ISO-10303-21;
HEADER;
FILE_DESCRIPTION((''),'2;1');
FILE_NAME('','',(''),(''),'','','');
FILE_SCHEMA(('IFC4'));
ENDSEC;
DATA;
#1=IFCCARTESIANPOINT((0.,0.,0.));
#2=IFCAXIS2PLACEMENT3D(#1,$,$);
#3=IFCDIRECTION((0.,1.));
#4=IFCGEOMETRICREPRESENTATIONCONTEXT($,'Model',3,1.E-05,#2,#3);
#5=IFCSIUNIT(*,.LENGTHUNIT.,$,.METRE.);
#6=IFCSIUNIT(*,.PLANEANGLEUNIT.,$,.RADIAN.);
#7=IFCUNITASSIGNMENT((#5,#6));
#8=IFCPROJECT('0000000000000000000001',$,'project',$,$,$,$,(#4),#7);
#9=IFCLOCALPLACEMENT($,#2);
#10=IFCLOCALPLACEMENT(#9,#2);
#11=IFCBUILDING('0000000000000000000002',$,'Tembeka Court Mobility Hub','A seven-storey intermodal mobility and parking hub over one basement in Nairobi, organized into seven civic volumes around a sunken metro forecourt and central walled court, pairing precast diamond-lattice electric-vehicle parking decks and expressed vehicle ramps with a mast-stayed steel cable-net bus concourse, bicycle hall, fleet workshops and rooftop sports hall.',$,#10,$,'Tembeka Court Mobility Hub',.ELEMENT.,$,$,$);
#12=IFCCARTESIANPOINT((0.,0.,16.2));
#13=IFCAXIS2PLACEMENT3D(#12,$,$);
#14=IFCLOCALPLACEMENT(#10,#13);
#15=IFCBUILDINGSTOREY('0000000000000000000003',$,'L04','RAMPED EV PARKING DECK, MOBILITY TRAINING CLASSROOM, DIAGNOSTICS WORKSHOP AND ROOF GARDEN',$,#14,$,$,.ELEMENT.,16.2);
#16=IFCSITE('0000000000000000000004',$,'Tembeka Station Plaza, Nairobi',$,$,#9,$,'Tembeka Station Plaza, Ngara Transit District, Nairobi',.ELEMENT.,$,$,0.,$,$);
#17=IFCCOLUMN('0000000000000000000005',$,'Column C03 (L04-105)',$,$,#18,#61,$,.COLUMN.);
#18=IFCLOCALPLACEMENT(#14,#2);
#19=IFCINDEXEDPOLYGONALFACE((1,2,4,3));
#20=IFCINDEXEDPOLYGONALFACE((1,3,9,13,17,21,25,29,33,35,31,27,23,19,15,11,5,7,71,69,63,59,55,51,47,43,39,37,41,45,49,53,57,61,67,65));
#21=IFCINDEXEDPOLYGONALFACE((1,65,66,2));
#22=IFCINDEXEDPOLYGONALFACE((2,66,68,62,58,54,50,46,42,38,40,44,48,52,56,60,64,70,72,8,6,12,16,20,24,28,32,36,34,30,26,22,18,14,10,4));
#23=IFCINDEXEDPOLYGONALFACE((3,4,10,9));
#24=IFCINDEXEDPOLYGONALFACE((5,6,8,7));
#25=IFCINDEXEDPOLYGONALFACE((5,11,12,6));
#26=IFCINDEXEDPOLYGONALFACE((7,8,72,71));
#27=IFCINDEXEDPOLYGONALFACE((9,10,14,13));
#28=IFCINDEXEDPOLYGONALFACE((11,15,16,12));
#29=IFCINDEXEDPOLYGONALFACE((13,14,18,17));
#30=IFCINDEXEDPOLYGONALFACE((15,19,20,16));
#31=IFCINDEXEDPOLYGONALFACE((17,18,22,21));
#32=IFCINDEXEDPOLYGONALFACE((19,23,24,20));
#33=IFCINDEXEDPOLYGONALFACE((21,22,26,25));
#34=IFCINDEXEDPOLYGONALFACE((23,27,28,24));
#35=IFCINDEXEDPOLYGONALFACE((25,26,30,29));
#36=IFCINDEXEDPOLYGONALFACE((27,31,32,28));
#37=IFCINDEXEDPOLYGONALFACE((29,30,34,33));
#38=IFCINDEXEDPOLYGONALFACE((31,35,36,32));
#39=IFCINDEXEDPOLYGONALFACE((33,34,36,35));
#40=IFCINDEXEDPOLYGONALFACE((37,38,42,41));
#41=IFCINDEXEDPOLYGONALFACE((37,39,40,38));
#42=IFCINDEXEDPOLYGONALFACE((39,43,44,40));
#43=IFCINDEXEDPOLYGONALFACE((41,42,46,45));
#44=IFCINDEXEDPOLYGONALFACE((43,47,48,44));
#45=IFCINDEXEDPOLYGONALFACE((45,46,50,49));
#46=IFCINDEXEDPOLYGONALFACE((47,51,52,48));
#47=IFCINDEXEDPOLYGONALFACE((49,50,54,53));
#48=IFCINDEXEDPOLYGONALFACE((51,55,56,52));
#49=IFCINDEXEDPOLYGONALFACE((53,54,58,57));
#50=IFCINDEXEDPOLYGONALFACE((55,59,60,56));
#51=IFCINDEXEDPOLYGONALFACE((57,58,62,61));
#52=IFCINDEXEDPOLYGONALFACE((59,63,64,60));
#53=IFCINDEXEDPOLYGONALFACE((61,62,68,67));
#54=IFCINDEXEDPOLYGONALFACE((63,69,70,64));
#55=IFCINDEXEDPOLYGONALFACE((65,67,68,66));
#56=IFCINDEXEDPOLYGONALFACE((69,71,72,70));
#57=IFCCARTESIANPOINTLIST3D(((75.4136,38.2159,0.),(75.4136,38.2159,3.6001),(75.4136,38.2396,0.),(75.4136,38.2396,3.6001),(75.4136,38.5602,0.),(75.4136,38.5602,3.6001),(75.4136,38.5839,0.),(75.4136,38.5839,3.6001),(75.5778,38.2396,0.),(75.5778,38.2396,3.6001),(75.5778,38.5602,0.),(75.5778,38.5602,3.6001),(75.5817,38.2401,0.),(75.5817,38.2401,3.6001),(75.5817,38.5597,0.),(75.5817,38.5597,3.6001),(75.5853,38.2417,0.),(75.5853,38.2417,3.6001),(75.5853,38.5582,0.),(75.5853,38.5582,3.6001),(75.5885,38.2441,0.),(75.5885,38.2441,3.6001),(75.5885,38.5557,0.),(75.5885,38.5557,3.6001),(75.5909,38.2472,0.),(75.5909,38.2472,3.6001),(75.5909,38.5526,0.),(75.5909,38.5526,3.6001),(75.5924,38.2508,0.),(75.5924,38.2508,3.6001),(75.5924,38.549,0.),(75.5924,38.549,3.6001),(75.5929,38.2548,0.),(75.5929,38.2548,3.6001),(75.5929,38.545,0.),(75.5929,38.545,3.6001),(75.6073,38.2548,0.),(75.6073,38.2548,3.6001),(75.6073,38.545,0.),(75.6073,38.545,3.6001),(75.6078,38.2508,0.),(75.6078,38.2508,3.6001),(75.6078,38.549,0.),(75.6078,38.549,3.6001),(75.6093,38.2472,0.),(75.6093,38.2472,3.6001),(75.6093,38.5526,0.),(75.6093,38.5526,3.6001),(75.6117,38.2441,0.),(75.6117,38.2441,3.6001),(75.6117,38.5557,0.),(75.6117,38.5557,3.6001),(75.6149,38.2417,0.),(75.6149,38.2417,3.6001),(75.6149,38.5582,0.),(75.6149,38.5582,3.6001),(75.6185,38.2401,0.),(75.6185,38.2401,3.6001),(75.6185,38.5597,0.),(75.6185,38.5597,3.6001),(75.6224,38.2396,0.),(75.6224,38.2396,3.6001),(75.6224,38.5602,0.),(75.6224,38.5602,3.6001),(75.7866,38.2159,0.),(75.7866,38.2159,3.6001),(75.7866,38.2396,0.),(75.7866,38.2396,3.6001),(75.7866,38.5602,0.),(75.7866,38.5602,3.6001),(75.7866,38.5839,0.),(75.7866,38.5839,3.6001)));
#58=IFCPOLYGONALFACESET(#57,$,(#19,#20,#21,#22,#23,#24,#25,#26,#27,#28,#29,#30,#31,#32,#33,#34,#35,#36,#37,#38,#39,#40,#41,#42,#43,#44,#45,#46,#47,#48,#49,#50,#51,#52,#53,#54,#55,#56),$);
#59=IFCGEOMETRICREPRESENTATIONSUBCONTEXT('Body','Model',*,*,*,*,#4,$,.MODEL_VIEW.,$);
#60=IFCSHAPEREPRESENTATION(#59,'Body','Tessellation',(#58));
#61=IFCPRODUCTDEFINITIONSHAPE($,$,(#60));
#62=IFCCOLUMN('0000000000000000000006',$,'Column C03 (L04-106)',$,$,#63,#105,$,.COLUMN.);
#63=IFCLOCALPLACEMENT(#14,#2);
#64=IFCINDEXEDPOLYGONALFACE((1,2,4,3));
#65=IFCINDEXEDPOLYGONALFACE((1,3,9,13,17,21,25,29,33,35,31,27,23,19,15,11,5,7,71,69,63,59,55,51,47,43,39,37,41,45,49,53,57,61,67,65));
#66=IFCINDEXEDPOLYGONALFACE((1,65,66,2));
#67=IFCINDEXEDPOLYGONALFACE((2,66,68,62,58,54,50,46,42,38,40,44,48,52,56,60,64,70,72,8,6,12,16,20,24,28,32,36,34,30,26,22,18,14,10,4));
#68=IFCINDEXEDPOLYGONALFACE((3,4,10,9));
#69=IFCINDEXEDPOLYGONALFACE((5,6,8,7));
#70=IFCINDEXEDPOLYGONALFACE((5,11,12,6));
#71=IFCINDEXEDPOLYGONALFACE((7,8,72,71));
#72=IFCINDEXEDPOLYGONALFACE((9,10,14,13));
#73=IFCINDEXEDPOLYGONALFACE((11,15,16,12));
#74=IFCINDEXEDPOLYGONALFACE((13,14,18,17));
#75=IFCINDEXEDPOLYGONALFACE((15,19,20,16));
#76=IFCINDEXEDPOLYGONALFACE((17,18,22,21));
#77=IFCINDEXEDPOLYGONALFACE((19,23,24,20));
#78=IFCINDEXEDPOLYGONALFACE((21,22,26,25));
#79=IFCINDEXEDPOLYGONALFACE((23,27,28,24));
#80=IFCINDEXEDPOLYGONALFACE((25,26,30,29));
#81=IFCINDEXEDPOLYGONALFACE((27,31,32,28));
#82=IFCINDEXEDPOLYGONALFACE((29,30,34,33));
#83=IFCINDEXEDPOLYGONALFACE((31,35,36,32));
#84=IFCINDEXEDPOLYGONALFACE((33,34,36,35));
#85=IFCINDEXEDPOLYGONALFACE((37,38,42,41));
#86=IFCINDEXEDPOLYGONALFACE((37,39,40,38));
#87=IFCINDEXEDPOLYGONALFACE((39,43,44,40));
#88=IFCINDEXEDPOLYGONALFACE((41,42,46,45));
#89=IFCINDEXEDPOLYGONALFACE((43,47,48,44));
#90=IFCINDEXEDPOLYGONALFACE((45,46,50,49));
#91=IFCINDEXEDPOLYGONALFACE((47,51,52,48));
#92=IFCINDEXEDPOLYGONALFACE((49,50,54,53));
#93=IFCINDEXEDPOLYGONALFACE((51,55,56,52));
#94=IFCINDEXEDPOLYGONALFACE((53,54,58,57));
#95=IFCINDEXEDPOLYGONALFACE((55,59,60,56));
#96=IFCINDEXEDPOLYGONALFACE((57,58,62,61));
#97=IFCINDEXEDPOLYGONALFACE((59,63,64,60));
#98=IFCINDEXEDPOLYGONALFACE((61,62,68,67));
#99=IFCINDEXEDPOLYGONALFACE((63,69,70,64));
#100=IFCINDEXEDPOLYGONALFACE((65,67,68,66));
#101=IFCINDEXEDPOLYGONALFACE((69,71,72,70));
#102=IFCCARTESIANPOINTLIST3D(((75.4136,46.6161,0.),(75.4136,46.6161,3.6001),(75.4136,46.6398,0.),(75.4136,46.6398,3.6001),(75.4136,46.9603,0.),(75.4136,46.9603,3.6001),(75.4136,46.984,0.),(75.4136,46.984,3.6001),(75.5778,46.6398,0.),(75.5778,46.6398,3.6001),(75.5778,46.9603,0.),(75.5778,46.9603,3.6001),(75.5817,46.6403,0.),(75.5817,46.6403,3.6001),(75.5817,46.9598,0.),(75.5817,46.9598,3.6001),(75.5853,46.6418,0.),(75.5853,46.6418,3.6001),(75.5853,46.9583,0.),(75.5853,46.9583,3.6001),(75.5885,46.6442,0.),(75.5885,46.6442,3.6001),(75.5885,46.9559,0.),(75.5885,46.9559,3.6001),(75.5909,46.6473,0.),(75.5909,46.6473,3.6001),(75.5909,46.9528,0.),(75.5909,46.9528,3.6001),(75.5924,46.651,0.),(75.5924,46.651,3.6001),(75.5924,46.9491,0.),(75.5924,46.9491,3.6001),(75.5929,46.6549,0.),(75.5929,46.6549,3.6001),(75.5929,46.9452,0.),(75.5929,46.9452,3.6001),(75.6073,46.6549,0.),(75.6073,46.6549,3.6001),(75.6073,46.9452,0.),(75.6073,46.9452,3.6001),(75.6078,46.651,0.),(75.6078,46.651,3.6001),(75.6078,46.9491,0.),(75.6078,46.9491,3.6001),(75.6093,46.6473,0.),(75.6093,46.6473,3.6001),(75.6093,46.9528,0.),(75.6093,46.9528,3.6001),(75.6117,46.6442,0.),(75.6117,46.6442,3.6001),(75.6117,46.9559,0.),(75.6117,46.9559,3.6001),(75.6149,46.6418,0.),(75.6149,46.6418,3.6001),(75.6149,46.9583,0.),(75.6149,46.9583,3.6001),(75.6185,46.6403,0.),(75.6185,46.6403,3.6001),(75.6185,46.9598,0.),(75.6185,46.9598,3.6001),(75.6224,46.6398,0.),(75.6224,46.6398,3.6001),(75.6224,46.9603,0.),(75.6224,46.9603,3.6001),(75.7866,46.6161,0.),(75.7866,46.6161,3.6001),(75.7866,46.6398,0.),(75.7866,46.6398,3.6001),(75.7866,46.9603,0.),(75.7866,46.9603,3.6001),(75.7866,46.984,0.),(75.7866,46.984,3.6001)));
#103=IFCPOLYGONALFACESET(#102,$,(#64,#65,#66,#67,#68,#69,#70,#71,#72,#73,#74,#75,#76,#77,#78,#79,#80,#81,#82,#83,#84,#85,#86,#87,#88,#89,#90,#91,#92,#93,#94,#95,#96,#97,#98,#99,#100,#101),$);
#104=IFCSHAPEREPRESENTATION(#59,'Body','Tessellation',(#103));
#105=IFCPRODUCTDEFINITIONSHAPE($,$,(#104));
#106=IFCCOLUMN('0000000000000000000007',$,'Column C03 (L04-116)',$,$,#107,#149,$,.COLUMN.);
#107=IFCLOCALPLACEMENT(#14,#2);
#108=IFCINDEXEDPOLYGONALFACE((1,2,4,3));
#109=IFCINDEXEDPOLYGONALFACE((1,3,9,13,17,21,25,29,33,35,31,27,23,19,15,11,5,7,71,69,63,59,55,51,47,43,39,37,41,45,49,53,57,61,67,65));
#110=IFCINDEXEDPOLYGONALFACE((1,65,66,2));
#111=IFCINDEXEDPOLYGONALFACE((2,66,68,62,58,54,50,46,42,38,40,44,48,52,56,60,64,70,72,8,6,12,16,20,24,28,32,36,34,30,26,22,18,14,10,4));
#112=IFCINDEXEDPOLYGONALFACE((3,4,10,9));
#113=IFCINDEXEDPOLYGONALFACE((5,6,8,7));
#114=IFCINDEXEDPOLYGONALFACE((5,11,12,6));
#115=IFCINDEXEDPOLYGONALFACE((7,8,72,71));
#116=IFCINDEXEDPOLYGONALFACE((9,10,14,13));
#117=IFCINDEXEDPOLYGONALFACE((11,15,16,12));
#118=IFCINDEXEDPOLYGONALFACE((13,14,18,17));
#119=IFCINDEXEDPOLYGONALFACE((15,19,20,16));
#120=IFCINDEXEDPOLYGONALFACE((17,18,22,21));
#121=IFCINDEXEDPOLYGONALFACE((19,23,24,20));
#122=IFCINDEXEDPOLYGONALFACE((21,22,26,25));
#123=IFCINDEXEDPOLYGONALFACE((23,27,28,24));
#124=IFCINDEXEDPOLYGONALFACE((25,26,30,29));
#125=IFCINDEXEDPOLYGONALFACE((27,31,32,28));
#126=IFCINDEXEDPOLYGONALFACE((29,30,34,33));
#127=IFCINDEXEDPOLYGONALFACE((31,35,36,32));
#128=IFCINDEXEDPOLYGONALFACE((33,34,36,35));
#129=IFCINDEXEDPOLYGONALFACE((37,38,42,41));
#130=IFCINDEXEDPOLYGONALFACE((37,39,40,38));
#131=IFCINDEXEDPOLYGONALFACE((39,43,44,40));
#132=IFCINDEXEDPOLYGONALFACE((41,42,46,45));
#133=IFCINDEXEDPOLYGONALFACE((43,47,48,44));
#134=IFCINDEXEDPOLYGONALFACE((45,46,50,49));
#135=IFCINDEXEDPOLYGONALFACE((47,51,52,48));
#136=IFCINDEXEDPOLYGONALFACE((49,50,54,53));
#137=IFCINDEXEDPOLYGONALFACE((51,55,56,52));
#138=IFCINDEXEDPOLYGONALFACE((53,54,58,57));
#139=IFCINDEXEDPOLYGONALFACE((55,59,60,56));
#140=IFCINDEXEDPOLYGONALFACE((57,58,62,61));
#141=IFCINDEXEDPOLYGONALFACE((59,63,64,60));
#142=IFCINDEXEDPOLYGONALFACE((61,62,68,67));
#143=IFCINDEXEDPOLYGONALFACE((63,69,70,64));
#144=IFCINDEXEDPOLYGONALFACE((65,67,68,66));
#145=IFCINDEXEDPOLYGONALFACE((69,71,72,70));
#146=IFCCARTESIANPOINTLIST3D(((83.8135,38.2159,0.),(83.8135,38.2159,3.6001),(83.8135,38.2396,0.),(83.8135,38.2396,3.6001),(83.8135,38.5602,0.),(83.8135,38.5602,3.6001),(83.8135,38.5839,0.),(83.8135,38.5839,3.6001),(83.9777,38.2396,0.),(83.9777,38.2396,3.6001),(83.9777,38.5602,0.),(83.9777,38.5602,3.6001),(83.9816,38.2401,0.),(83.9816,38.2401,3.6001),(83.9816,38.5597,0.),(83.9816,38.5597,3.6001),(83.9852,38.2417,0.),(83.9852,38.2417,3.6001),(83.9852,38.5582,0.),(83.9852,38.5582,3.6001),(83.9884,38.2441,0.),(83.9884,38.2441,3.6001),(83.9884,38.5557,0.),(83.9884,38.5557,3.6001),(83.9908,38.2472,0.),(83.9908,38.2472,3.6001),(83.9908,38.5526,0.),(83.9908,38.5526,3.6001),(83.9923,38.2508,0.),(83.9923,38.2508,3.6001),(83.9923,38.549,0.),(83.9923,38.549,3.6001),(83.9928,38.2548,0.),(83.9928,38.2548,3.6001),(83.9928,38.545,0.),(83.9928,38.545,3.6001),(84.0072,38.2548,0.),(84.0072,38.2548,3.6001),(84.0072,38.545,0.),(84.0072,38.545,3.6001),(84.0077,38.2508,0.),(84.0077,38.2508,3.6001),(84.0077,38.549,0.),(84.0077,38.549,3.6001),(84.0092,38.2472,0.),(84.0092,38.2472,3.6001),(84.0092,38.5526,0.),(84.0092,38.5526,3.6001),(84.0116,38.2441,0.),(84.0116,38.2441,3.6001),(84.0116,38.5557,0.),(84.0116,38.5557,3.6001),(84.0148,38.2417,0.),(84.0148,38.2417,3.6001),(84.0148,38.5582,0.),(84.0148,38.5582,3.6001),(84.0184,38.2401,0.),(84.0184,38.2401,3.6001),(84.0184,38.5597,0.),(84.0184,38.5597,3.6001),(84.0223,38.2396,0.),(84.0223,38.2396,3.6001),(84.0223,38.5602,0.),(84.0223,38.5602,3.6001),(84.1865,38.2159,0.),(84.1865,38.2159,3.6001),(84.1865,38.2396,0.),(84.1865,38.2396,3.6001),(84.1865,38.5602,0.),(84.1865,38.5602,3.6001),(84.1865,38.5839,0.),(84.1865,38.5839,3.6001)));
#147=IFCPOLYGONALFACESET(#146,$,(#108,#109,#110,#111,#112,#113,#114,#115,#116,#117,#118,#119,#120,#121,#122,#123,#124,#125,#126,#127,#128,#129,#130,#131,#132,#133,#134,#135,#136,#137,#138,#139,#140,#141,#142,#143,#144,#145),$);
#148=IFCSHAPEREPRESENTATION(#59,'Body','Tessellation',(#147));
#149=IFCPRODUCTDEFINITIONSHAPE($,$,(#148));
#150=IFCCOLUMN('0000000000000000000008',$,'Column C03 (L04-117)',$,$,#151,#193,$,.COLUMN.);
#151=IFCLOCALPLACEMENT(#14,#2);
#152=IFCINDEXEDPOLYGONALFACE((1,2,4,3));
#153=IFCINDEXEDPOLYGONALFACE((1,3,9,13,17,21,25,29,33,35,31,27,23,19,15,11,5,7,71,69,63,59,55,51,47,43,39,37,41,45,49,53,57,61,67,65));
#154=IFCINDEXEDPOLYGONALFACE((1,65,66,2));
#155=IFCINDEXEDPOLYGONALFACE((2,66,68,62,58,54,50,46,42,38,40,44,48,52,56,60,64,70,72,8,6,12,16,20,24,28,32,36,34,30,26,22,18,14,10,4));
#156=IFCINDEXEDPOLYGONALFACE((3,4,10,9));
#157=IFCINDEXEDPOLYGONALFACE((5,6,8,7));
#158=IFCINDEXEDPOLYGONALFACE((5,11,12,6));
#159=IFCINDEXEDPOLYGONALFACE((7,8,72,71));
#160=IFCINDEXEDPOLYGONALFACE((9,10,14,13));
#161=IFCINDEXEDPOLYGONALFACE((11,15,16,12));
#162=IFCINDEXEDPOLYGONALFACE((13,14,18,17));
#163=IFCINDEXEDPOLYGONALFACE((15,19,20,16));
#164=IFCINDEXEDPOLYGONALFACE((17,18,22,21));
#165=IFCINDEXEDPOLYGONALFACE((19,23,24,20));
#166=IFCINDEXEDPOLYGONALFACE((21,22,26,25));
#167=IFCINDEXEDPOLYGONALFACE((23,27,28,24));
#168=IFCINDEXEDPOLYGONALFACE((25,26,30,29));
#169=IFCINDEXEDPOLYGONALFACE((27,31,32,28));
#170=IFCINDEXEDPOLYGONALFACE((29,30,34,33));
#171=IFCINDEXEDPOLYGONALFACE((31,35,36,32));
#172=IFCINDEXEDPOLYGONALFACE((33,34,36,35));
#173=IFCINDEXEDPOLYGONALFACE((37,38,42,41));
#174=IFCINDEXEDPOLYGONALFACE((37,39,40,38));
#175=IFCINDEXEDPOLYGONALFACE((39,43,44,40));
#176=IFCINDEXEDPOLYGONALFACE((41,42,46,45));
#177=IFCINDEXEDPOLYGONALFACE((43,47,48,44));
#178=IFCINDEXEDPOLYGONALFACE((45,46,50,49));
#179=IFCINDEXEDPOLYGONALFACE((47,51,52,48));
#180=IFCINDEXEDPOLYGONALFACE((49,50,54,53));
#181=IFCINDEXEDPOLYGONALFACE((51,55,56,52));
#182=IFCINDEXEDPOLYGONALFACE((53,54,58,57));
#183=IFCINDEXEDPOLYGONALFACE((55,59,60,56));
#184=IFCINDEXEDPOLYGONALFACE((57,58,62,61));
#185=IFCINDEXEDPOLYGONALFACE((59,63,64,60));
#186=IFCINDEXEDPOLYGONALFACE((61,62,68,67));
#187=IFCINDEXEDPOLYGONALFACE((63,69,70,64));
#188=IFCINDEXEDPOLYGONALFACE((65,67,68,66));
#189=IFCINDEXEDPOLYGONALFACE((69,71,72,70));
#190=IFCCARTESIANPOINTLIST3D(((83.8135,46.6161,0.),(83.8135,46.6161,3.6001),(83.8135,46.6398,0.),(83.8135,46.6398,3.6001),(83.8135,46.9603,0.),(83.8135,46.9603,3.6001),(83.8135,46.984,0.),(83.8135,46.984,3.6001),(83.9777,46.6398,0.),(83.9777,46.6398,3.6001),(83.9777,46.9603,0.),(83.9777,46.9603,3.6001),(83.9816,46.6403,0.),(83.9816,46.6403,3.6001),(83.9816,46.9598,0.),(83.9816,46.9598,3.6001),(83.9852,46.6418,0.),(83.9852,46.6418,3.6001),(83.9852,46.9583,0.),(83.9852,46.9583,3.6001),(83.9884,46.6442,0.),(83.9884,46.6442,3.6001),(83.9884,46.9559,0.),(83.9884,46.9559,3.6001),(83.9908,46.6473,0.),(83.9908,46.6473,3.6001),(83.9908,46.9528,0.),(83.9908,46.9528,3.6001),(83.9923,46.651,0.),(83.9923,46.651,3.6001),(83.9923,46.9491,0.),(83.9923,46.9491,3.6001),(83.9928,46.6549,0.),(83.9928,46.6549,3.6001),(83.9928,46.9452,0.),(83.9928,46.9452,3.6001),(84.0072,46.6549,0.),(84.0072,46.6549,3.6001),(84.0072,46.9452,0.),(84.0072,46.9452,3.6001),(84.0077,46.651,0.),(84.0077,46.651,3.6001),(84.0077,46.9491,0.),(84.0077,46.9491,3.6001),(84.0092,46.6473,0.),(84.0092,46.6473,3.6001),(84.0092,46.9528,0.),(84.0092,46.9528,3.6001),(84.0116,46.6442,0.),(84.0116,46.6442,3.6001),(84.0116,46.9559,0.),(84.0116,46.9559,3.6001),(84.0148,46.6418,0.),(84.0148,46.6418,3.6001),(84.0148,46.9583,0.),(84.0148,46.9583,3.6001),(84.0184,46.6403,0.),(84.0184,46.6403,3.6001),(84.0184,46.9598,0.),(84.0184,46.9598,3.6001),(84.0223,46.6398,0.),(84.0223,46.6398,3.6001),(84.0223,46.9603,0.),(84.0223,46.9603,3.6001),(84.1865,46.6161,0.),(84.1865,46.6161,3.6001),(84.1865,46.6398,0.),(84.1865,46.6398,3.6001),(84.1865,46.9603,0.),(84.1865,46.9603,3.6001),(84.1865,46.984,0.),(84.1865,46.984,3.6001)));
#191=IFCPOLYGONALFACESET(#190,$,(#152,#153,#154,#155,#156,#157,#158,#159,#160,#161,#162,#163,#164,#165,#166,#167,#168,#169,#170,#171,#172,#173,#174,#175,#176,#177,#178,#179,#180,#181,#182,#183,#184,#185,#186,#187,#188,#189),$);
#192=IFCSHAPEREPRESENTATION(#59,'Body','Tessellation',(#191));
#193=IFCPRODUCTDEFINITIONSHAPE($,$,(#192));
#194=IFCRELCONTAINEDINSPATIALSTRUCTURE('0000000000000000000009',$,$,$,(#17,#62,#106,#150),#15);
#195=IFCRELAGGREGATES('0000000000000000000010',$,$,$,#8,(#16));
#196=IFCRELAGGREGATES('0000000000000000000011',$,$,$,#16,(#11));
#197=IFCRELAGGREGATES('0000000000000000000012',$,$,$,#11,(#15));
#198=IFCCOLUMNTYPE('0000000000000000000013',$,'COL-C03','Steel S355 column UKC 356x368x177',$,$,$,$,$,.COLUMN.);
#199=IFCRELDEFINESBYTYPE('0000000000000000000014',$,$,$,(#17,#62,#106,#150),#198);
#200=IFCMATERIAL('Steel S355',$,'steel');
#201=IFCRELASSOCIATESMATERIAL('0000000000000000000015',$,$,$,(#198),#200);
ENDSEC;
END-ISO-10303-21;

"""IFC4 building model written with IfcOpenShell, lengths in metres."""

from ifc_helpers import new_model, si_unit, direction, frame, origin, origin_2d, place, context, subcontext, project, spatial, i_section, extrude, material, material_profile, profile_set, type_object, element, save


model = new_model("IFC4")

# Units and contexts
model_context = context("Model", 3, precision=1e-05, world=origin(), true_north=direction((0.0, 1.0)))
body_context = subcontext(model_context, "Body", "Model", "MODEL_VIEW")
ifc_project = project(units=[si_unit("LENGTHUNIT", "METRE"), si_unit("PLANEANGLEUNIT", "RADIAN")], contexts=[model_context])

# Site, building, storey
site_placement = place(None, origin())
site = spatial("IfcSite", under=ifc_project, at=site_placement, Name="Tembeka Station Plaza, Nairobi", LongName="Tembeka Station Plaza, Ngara Transit District, Nairobi", CompositionType="ELEMENT", RefElevation=0.0)
building_placement = place(site_placement, origin())
building = spatial("IfcBuilding", under=site, at=building_placement, Name="Tembeka Court Mobility Hub", Description="A seven-storey intermodal mobility and parking hub over one basement in Nairobi, organized into seven civic volumes around a sunken metro forecourt and central walled court, pairing precast diamond-lattice electric-vehicle parking decks and expressed vehicle ramps with a mast-stayed steel cable-net bus concourse, bicycle hall, fleet workshops and rooftop sports hall.", LongName="Tembeka Court Mobility Hub", CompositionType="ELEMENT")
storey_placement = place(building_placement, frame((0.0, 0.0, 16.2)))
storey = spatial("IfcBuildingStorey", under=building, at=storey_placement, Name="L04", Description="RAMPED EV PARKING DECK, MOBILITY TRAINING CLASSROOM, DIAGNOSTICS WORKSHOP AND ROOF GARDEN", CompositionType="ELEMENT", Elevation=16.2)

# Columns
ifc_material_1 = material(Name="Steel S355", Category="steel")
ifc_material_profile_1 = material_profile(ifc_material_1, i_section(OverallWidth=0.373, OverallDepth=0.3679, WebThickness=0.0144, FlangeThickness=0.0237, FilletRadius=0.0151, at=origin_2d()), Name="UKC 356x368x177")
ifc_profile_set_1 = profile_set([ifc_material_profile_1], Name="Steel S355")
column_type = type_object("IfcColumnType", Name="COL-C03", Description="Steel S355 column UKC 356x368x177", PredefinedType="COLUMN", material=ifc_profile_set_1)
for number, where, z_axis, x_axis, name in (
    (1, (75.6001, 38.3999, 0.0), (0.0, 0.0, 1.0), (1.0, 0.0, 0.0), "Column C03 (L04-105)"),
    (2, (75.6001, 46.8, 0.0), (0.0, 0.0, 1.0), (1.0, 0.0, 0.0), "Column C03 (L04-106)"),
    (3, (84.0, 38.3999, 0.0), (0.0, 0.0, 1.0), (1.0, 0.0, 0.0), "Column C03 (L04-116)"),
    (4, (84.0, 46.8, 0.0), (0.0, 0.0, 1.0), (1.0, 0.0, 0.0), "Column C03 (L04-117)"),
):
    element("IfcColumn", number, at=place(storey_placement, frame(where, z_axis=z_axis, x_axis=x_axis)), inside=storey, type_object=column_type, Name=name, PredefinedType="COLUMN", context=body_context, shape_type="SweptSolid", body=[
        extrude(i_section(OverallWidth=0.373, OverallDepth=0.3679, WebThickness=0.0144, FlangeThickness=0.0237, FilletRadius=0.0151, at=origin_2d()), origin(), (0.0, 0.0, 1.0), 3.6001),
    ])

save(model, "model.ifc")
